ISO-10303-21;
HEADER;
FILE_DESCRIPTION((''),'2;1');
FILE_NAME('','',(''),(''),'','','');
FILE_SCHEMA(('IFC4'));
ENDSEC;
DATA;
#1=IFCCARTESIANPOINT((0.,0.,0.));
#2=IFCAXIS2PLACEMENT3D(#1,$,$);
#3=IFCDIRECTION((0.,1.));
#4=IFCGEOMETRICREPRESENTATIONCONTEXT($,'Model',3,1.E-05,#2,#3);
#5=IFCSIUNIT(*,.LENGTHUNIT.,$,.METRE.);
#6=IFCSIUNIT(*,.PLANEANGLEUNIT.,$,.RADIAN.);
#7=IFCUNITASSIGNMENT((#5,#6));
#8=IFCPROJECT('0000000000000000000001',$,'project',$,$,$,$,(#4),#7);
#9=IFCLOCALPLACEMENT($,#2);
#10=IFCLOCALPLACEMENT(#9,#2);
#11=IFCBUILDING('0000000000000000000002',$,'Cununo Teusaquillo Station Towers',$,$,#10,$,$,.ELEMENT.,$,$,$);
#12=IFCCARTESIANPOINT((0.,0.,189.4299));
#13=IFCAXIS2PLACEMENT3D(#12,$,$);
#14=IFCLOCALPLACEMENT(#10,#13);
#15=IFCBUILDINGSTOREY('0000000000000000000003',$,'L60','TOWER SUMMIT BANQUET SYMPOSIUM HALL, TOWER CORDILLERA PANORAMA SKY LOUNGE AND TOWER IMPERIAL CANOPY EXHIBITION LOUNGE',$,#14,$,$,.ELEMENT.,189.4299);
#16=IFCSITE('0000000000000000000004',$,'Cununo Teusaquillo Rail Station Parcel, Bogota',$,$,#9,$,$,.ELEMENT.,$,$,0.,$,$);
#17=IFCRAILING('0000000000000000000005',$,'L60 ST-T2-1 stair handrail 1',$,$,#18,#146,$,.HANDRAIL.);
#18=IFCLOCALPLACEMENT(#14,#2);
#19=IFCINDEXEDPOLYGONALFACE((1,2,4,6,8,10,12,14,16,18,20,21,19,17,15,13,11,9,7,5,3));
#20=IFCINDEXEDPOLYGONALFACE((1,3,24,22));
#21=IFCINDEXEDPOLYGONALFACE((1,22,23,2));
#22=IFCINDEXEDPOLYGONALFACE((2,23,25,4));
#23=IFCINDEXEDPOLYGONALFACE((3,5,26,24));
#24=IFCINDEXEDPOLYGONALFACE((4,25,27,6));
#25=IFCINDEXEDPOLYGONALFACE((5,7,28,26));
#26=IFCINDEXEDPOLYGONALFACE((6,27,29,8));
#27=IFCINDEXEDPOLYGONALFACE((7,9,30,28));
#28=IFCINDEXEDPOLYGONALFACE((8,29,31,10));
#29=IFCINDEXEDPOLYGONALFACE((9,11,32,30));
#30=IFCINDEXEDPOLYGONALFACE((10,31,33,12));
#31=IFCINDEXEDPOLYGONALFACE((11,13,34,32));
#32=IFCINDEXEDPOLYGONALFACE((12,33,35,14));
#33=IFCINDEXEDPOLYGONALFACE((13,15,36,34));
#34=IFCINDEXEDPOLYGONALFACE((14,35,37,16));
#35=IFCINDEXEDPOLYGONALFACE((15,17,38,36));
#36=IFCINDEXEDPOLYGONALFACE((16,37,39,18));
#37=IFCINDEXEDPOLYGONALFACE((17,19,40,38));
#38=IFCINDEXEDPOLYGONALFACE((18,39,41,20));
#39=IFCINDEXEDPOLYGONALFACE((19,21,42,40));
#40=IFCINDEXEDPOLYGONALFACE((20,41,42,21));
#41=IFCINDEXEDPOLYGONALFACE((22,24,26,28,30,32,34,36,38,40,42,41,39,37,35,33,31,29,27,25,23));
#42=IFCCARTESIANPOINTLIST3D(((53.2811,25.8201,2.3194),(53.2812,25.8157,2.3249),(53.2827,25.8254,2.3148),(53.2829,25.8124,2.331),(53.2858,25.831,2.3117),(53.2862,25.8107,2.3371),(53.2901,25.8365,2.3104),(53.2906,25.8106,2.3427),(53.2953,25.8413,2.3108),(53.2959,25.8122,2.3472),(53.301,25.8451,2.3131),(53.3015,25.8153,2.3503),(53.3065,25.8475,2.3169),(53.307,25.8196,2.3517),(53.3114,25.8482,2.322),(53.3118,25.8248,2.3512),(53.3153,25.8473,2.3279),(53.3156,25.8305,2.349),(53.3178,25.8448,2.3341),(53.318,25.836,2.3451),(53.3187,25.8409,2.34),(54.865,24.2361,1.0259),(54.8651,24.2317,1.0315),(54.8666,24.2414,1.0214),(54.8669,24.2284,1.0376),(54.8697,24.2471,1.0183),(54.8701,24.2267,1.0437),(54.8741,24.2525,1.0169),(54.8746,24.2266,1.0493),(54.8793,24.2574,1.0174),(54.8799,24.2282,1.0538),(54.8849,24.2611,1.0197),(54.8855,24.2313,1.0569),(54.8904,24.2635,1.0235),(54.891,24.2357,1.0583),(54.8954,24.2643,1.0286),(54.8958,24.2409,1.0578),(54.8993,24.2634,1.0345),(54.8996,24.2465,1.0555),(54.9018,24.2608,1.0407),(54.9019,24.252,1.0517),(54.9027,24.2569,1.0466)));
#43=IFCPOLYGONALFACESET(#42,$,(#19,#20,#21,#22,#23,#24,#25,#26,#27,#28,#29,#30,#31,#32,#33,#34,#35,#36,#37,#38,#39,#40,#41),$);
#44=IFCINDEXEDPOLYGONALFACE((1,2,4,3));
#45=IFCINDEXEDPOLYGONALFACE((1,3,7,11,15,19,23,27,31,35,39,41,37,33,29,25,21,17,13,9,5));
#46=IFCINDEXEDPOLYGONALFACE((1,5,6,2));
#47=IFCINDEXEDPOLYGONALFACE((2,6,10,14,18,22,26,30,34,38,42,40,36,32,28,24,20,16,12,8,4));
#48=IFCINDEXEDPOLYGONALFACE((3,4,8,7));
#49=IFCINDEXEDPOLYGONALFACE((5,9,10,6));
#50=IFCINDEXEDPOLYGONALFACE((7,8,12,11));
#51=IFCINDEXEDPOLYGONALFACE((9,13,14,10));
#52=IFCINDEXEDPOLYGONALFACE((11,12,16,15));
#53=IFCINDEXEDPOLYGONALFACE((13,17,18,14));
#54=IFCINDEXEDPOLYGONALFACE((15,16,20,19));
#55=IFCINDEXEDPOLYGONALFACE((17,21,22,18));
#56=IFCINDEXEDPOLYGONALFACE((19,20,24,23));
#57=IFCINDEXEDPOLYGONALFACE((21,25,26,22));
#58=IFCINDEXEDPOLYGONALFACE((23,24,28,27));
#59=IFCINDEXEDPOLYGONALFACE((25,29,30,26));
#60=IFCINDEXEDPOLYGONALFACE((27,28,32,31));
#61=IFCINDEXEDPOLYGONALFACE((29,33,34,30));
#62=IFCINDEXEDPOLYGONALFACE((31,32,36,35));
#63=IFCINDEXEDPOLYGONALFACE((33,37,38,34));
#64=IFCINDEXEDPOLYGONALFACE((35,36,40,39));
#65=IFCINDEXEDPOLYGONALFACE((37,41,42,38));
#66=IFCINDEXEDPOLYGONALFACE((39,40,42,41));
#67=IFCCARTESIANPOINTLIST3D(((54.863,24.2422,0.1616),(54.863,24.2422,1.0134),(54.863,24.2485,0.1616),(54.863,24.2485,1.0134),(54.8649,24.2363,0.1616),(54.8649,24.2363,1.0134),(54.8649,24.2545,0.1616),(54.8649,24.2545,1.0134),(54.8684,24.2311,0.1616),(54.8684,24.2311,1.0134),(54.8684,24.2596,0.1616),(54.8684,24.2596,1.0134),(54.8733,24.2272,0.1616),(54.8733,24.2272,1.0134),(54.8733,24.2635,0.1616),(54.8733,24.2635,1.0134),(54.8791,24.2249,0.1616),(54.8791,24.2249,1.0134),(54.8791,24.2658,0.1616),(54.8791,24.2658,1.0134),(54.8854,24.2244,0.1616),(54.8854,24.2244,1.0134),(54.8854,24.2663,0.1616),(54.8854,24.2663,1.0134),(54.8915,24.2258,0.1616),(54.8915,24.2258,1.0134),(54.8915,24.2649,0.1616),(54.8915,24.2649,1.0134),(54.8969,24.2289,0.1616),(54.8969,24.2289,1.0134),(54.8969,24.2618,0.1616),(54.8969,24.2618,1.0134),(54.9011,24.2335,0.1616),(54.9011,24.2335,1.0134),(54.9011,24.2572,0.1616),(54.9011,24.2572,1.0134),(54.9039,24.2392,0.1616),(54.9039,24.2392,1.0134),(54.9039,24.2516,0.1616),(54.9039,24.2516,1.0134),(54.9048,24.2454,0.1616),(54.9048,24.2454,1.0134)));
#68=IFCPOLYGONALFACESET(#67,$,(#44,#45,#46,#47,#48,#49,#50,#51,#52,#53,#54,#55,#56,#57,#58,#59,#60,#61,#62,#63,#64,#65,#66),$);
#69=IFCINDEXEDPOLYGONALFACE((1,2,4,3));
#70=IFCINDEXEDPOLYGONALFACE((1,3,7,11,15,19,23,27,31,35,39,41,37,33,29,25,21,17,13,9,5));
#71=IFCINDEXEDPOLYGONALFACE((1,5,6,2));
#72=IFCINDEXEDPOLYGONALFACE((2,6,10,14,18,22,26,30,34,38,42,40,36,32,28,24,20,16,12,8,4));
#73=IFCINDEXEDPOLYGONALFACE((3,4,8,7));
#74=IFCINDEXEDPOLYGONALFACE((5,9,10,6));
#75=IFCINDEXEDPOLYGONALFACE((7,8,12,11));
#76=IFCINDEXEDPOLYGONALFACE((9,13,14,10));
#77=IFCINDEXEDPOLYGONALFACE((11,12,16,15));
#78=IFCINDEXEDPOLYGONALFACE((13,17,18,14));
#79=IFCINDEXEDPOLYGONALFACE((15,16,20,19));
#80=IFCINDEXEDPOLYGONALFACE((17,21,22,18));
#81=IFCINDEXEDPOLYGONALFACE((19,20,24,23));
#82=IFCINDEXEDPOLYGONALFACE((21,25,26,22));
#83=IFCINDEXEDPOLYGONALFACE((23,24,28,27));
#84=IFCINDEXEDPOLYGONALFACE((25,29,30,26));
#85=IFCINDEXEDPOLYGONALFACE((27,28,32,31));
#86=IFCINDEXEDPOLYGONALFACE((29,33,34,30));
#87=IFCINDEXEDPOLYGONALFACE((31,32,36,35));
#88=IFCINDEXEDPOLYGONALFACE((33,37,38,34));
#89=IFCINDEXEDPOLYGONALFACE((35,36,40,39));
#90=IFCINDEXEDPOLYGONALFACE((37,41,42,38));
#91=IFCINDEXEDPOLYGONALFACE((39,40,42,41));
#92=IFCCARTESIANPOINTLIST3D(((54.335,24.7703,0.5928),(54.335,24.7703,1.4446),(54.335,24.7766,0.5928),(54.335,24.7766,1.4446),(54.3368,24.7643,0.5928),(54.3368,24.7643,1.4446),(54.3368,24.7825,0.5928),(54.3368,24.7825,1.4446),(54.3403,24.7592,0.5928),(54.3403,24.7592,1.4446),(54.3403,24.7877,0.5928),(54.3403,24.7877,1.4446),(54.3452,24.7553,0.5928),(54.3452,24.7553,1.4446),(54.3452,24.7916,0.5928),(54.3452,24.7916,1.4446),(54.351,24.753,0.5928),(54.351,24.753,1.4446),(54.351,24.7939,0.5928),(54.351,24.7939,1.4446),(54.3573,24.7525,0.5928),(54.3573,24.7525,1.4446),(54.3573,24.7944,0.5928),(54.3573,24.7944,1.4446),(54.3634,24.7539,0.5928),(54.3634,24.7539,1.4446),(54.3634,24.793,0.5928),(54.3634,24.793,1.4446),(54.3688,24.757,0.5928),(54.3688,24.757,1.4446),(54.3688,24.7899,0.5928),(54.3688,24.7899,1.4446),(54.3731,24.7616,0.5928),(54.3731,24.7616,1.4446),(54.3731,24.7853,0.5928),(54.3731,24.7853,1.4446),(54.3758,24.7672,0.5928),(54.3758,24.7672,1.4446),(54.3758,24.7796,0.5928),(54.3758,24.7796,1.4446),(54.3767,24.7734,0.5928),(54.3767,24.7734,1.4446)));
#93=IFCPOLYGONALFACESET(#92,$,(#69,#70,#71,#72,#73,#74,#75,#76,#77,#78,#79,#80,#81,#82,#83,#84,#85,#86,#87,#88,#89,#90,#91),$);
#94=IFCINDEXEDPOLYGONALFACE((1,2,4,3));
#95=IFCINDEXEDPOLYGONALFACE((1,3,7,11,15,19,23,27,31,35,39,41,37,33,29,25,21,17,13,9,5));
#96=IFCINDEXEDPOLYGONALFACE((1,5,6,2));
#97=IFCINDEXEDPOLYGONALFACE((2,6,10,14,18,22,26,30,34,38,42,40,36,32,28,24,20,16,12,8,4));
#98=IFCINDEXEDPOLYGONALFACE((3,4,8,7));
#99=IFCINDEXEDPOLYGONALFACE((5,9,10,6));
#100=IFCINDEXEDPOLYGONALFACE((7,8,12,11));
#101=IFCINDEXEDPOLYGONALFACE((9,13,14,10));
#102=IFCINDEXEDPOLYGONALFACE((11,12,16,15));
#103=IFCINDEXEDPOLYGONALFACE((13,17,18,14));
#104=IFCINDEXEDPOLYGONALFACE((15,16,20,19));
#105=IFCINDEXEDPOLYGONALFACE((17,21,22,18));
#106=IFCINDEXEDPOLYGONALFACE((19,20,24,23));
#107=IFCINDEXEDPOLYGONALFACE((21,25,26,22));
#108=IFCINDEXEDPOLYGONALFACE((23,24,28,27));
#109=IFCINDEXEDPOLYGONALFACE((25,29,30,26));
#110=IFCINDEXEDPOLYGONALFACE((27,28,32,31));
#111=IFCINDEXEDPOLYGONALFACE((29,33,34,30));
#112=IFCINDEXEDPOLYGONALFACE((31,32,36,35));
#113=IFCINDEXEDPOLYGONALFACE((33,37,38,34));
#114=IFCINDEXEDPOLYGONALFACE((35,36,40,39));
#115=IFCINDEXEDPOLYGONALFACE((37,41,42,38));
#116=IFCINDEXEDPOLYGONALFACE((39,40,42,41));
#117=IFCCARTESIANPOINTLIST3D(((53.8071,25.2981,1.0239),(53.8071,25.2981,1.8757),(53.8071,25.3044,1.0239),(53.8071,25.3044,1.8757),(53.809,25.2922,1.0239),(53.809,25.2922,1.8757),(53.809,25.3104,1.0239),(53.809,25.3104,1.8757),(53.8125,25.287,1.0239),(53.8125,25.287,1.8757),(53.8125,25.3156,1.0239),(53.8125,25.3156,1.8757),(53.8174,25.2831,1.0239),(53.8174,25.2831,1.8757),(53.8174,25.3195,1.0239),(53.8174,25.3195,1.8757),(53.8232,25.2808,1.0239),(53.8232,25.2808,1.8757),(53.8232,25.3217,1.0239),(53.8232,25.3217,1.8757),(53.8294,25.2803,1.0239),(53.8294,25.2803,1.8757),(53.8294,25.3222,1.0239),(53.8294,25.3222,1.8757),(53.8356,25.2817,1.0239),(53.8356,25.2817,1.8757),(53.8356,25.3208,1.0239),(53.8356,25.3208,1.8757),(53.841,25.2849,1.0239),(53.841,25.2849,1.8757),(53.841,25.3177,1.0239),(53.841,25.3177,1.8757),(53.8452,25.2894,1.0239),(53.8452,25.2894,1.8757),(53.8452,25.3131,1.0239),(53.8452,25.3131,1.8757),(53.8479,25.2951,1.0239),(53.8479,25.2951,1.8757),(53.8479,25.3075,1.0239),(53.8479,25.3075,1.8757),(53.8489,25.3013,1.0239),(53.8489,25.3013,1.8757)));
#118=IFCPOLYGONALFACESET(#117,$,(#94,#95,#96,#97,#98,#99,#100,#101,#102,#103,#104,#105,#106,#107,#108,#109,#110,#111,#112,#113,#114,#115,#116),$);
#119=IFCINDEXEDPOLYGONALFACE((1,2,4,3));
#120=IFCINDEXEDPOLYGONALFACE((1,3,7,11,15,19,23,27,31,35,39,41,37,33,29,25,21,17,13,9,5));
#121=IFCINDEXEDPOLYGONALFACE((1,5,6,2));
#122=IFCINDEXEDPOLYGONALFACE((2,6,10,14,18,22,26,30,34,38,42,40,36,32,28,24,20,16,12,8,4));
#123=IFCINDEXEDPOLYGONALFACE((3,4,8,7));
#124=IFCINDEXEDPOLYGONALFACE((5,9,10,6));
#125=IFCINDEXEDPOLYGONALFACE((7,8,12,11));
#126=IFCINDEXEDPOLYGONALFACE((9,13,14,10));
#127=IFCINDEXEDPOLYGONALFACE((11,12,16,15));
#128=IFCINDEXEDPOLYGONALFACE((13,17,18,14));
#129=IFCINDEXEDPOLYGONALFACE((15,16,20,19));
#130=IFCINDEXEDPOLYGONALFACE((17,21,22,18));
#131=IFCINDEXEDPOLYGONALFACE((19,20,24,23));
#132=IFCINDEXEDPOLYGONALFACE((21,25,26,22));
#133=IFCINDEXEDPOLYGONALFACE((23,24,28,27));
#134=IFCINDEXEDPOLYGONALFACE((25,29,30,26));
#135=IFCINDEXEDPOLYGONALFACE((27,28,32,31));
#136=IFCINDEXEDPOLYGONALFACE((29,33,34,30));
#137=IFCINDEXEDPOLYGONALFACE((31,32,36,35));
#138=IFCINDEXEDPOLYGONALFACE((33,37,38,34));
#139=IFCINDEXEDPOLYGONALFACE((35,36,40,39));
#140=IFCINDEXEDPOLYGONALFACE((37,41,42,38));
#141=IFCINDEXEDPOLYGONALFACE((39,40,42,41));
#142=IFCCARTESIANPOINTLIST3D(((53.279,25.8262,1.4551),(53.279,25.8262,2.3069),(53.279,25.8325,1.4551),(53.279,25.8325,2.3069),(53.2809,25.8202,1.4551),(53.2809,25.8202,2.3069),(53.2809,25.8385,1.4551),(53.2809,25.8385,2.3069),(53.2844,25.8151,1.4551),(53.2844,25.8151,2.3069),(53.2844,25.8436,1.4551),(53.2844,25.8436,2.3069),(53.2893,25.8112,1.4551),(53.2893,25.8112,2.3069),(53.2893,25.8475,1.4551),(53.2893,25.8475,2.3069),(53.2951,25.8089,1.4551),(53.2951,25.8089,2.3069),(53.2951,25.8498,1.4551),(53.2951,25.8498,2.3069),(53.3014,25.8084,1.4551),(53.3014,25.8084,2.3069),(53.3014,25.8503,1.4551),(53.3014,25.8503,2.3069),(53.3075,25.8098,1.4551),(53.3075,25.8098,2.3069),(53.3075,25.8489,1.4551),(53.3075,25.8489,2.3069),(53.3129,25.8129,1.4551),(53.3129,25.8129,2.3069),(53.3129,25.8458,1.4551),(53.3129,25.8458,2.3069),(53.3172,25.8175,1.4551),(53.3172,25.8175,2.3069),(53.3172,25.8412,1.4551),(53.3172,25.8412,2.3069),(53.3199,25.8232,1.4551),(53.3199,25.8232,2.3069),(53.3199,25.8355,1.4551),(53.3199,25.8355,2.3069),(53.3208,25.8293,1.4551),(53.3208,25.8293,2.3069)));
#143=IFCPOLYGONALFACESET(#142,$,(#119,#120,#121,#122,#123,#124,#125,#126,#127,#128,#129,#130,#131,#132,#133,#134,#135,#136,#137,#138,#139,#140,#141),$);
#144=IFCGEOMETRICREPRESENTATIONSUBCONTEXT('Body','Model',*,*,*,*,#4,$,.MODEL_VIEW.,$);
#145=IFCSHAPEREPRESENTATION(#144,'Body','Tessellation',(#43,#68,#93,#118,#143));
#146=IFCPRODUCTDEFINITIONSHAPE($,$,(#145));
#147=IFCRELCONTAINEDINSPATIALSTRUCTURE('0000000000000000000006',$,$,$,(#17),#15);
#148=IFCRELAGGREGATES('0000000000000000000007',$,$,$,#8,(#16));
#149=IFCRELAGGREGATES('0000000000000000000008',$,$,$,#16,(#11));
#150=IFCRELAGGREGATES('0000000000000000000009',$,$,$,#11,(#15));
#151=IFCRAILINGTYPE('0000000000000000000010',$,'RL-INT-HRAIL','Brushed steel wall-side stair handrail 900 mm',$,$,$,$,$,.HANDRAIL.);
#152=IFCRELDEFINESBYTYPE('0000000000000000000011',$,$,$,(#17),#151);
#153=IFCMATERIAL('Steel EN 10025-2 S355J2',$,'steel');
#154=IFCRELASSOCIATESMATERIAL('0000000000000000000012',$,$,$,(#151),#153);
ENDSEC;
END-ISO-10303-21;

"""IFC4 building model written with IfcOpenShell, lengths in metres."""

from ifc_helpers import new_model, si_unit, direction, frame, origin, origin_2d, place, context, subcontext, project, spatial, circle, extrude, material, type_object, element, save


model = new_model("IFC4")

# Units and contexts
model_context = context("Model", 3, precision=1e-05, world=origin(), true_north=direction((0.0, 1.0)))
body_context = subcontext(model_context, "Body", "Model", "MODEL_VIEW")
ifc_project = project(units=[si_unit("LENGTHUNIT", "METRE"), si_unit("PLANEANGLEUNIT", "RADIAN")], contexts=[model_context])

# Site, building, storey
site_placement = place(None, origin())
site = spatial("IfcSite", under=ifc_project, at=site_placement, Name="Cununo Teusaquillo Rail Station Parcel, Bogota", CompositionType="ELEMENT", RefElevation=0.0)
building_placement = place(site_placement, origin())
building = spatial("IfcBuilding", under=site, at=building_placement, Name="Cununo Teusaquillo Station Towers", CompositionType="ELEMENT")
storey_placement = place(building_placement, frame((0.0, 0.0, 189.4299)))
storey = spatial("IfcBuildingStorey", under=building, at=storey_placement, Name="L60", Description="TOWER SUMMIT BANQUET SYMPOSIUM HALL, TOWER CORDILLERA PANORAMA SKY LOUNGE AND TOWER IMPERIAL CANOPY EXHIBITION LOUNGE", CompositionType="ELEMENT", Elevation=189.4299)

# Railing
ifc_material_1 = material(Name="Steel EN 10025-2 S355J2", Category="steel")
railing_type_1 = type_object("IfcRailingType", Name="RL-INT-HRAIL", Description="Brushed steel wall-side stair handrail 900 mm", PredefinedType="HANDRAIL", material=ifc_material_1)
railing_1_placement = place(storey_placement, frame((54.8838, 24.2454, 0.1616)))
element("IfcRailing", 1, at=railing_1_placement, inside=storey, type_object=railing_type_1, Name="L60 ST-T2-1 stair handrail 1", PredefinedType="HANDRAIL", context=body_context, shape_type="SweptSolid", body=[
    extrude(circle(Radius=0.0239, at=origin_2d()), frame((0.0, 0.0, 0.876), z_axis=(-0.612356, 0.612356, 0.50004), x_axis=(-0.707107, -0.707107, 0.0)), (0.0, 0.0, 1.0), 2.5867),
    extrude(circle(Radius=0.021, at=origin_2d()), origin(), (0.0, 0.0, 1.0), 0.8518),
    extrude(circle(Radius=0.021, at=origin_2d()), frame((-0.5281, 0.5281, 0.4312)), (0.0, 0.0, 1.0), 0.8518),
    extrude(circle(Radius=0.021, at=origin_2d()), frame((-1.0559, 1.0559, 0.8623)), (0.0, 0.0, 1.0), 0.8518),
    extrude(circle(Radius=0.021, at=origin_2d()), frame((-1.584, 1.584, 1.2935)), (0.0, 0.0, 1.0), 0.8518),
])

save(model, "model.ifc")
